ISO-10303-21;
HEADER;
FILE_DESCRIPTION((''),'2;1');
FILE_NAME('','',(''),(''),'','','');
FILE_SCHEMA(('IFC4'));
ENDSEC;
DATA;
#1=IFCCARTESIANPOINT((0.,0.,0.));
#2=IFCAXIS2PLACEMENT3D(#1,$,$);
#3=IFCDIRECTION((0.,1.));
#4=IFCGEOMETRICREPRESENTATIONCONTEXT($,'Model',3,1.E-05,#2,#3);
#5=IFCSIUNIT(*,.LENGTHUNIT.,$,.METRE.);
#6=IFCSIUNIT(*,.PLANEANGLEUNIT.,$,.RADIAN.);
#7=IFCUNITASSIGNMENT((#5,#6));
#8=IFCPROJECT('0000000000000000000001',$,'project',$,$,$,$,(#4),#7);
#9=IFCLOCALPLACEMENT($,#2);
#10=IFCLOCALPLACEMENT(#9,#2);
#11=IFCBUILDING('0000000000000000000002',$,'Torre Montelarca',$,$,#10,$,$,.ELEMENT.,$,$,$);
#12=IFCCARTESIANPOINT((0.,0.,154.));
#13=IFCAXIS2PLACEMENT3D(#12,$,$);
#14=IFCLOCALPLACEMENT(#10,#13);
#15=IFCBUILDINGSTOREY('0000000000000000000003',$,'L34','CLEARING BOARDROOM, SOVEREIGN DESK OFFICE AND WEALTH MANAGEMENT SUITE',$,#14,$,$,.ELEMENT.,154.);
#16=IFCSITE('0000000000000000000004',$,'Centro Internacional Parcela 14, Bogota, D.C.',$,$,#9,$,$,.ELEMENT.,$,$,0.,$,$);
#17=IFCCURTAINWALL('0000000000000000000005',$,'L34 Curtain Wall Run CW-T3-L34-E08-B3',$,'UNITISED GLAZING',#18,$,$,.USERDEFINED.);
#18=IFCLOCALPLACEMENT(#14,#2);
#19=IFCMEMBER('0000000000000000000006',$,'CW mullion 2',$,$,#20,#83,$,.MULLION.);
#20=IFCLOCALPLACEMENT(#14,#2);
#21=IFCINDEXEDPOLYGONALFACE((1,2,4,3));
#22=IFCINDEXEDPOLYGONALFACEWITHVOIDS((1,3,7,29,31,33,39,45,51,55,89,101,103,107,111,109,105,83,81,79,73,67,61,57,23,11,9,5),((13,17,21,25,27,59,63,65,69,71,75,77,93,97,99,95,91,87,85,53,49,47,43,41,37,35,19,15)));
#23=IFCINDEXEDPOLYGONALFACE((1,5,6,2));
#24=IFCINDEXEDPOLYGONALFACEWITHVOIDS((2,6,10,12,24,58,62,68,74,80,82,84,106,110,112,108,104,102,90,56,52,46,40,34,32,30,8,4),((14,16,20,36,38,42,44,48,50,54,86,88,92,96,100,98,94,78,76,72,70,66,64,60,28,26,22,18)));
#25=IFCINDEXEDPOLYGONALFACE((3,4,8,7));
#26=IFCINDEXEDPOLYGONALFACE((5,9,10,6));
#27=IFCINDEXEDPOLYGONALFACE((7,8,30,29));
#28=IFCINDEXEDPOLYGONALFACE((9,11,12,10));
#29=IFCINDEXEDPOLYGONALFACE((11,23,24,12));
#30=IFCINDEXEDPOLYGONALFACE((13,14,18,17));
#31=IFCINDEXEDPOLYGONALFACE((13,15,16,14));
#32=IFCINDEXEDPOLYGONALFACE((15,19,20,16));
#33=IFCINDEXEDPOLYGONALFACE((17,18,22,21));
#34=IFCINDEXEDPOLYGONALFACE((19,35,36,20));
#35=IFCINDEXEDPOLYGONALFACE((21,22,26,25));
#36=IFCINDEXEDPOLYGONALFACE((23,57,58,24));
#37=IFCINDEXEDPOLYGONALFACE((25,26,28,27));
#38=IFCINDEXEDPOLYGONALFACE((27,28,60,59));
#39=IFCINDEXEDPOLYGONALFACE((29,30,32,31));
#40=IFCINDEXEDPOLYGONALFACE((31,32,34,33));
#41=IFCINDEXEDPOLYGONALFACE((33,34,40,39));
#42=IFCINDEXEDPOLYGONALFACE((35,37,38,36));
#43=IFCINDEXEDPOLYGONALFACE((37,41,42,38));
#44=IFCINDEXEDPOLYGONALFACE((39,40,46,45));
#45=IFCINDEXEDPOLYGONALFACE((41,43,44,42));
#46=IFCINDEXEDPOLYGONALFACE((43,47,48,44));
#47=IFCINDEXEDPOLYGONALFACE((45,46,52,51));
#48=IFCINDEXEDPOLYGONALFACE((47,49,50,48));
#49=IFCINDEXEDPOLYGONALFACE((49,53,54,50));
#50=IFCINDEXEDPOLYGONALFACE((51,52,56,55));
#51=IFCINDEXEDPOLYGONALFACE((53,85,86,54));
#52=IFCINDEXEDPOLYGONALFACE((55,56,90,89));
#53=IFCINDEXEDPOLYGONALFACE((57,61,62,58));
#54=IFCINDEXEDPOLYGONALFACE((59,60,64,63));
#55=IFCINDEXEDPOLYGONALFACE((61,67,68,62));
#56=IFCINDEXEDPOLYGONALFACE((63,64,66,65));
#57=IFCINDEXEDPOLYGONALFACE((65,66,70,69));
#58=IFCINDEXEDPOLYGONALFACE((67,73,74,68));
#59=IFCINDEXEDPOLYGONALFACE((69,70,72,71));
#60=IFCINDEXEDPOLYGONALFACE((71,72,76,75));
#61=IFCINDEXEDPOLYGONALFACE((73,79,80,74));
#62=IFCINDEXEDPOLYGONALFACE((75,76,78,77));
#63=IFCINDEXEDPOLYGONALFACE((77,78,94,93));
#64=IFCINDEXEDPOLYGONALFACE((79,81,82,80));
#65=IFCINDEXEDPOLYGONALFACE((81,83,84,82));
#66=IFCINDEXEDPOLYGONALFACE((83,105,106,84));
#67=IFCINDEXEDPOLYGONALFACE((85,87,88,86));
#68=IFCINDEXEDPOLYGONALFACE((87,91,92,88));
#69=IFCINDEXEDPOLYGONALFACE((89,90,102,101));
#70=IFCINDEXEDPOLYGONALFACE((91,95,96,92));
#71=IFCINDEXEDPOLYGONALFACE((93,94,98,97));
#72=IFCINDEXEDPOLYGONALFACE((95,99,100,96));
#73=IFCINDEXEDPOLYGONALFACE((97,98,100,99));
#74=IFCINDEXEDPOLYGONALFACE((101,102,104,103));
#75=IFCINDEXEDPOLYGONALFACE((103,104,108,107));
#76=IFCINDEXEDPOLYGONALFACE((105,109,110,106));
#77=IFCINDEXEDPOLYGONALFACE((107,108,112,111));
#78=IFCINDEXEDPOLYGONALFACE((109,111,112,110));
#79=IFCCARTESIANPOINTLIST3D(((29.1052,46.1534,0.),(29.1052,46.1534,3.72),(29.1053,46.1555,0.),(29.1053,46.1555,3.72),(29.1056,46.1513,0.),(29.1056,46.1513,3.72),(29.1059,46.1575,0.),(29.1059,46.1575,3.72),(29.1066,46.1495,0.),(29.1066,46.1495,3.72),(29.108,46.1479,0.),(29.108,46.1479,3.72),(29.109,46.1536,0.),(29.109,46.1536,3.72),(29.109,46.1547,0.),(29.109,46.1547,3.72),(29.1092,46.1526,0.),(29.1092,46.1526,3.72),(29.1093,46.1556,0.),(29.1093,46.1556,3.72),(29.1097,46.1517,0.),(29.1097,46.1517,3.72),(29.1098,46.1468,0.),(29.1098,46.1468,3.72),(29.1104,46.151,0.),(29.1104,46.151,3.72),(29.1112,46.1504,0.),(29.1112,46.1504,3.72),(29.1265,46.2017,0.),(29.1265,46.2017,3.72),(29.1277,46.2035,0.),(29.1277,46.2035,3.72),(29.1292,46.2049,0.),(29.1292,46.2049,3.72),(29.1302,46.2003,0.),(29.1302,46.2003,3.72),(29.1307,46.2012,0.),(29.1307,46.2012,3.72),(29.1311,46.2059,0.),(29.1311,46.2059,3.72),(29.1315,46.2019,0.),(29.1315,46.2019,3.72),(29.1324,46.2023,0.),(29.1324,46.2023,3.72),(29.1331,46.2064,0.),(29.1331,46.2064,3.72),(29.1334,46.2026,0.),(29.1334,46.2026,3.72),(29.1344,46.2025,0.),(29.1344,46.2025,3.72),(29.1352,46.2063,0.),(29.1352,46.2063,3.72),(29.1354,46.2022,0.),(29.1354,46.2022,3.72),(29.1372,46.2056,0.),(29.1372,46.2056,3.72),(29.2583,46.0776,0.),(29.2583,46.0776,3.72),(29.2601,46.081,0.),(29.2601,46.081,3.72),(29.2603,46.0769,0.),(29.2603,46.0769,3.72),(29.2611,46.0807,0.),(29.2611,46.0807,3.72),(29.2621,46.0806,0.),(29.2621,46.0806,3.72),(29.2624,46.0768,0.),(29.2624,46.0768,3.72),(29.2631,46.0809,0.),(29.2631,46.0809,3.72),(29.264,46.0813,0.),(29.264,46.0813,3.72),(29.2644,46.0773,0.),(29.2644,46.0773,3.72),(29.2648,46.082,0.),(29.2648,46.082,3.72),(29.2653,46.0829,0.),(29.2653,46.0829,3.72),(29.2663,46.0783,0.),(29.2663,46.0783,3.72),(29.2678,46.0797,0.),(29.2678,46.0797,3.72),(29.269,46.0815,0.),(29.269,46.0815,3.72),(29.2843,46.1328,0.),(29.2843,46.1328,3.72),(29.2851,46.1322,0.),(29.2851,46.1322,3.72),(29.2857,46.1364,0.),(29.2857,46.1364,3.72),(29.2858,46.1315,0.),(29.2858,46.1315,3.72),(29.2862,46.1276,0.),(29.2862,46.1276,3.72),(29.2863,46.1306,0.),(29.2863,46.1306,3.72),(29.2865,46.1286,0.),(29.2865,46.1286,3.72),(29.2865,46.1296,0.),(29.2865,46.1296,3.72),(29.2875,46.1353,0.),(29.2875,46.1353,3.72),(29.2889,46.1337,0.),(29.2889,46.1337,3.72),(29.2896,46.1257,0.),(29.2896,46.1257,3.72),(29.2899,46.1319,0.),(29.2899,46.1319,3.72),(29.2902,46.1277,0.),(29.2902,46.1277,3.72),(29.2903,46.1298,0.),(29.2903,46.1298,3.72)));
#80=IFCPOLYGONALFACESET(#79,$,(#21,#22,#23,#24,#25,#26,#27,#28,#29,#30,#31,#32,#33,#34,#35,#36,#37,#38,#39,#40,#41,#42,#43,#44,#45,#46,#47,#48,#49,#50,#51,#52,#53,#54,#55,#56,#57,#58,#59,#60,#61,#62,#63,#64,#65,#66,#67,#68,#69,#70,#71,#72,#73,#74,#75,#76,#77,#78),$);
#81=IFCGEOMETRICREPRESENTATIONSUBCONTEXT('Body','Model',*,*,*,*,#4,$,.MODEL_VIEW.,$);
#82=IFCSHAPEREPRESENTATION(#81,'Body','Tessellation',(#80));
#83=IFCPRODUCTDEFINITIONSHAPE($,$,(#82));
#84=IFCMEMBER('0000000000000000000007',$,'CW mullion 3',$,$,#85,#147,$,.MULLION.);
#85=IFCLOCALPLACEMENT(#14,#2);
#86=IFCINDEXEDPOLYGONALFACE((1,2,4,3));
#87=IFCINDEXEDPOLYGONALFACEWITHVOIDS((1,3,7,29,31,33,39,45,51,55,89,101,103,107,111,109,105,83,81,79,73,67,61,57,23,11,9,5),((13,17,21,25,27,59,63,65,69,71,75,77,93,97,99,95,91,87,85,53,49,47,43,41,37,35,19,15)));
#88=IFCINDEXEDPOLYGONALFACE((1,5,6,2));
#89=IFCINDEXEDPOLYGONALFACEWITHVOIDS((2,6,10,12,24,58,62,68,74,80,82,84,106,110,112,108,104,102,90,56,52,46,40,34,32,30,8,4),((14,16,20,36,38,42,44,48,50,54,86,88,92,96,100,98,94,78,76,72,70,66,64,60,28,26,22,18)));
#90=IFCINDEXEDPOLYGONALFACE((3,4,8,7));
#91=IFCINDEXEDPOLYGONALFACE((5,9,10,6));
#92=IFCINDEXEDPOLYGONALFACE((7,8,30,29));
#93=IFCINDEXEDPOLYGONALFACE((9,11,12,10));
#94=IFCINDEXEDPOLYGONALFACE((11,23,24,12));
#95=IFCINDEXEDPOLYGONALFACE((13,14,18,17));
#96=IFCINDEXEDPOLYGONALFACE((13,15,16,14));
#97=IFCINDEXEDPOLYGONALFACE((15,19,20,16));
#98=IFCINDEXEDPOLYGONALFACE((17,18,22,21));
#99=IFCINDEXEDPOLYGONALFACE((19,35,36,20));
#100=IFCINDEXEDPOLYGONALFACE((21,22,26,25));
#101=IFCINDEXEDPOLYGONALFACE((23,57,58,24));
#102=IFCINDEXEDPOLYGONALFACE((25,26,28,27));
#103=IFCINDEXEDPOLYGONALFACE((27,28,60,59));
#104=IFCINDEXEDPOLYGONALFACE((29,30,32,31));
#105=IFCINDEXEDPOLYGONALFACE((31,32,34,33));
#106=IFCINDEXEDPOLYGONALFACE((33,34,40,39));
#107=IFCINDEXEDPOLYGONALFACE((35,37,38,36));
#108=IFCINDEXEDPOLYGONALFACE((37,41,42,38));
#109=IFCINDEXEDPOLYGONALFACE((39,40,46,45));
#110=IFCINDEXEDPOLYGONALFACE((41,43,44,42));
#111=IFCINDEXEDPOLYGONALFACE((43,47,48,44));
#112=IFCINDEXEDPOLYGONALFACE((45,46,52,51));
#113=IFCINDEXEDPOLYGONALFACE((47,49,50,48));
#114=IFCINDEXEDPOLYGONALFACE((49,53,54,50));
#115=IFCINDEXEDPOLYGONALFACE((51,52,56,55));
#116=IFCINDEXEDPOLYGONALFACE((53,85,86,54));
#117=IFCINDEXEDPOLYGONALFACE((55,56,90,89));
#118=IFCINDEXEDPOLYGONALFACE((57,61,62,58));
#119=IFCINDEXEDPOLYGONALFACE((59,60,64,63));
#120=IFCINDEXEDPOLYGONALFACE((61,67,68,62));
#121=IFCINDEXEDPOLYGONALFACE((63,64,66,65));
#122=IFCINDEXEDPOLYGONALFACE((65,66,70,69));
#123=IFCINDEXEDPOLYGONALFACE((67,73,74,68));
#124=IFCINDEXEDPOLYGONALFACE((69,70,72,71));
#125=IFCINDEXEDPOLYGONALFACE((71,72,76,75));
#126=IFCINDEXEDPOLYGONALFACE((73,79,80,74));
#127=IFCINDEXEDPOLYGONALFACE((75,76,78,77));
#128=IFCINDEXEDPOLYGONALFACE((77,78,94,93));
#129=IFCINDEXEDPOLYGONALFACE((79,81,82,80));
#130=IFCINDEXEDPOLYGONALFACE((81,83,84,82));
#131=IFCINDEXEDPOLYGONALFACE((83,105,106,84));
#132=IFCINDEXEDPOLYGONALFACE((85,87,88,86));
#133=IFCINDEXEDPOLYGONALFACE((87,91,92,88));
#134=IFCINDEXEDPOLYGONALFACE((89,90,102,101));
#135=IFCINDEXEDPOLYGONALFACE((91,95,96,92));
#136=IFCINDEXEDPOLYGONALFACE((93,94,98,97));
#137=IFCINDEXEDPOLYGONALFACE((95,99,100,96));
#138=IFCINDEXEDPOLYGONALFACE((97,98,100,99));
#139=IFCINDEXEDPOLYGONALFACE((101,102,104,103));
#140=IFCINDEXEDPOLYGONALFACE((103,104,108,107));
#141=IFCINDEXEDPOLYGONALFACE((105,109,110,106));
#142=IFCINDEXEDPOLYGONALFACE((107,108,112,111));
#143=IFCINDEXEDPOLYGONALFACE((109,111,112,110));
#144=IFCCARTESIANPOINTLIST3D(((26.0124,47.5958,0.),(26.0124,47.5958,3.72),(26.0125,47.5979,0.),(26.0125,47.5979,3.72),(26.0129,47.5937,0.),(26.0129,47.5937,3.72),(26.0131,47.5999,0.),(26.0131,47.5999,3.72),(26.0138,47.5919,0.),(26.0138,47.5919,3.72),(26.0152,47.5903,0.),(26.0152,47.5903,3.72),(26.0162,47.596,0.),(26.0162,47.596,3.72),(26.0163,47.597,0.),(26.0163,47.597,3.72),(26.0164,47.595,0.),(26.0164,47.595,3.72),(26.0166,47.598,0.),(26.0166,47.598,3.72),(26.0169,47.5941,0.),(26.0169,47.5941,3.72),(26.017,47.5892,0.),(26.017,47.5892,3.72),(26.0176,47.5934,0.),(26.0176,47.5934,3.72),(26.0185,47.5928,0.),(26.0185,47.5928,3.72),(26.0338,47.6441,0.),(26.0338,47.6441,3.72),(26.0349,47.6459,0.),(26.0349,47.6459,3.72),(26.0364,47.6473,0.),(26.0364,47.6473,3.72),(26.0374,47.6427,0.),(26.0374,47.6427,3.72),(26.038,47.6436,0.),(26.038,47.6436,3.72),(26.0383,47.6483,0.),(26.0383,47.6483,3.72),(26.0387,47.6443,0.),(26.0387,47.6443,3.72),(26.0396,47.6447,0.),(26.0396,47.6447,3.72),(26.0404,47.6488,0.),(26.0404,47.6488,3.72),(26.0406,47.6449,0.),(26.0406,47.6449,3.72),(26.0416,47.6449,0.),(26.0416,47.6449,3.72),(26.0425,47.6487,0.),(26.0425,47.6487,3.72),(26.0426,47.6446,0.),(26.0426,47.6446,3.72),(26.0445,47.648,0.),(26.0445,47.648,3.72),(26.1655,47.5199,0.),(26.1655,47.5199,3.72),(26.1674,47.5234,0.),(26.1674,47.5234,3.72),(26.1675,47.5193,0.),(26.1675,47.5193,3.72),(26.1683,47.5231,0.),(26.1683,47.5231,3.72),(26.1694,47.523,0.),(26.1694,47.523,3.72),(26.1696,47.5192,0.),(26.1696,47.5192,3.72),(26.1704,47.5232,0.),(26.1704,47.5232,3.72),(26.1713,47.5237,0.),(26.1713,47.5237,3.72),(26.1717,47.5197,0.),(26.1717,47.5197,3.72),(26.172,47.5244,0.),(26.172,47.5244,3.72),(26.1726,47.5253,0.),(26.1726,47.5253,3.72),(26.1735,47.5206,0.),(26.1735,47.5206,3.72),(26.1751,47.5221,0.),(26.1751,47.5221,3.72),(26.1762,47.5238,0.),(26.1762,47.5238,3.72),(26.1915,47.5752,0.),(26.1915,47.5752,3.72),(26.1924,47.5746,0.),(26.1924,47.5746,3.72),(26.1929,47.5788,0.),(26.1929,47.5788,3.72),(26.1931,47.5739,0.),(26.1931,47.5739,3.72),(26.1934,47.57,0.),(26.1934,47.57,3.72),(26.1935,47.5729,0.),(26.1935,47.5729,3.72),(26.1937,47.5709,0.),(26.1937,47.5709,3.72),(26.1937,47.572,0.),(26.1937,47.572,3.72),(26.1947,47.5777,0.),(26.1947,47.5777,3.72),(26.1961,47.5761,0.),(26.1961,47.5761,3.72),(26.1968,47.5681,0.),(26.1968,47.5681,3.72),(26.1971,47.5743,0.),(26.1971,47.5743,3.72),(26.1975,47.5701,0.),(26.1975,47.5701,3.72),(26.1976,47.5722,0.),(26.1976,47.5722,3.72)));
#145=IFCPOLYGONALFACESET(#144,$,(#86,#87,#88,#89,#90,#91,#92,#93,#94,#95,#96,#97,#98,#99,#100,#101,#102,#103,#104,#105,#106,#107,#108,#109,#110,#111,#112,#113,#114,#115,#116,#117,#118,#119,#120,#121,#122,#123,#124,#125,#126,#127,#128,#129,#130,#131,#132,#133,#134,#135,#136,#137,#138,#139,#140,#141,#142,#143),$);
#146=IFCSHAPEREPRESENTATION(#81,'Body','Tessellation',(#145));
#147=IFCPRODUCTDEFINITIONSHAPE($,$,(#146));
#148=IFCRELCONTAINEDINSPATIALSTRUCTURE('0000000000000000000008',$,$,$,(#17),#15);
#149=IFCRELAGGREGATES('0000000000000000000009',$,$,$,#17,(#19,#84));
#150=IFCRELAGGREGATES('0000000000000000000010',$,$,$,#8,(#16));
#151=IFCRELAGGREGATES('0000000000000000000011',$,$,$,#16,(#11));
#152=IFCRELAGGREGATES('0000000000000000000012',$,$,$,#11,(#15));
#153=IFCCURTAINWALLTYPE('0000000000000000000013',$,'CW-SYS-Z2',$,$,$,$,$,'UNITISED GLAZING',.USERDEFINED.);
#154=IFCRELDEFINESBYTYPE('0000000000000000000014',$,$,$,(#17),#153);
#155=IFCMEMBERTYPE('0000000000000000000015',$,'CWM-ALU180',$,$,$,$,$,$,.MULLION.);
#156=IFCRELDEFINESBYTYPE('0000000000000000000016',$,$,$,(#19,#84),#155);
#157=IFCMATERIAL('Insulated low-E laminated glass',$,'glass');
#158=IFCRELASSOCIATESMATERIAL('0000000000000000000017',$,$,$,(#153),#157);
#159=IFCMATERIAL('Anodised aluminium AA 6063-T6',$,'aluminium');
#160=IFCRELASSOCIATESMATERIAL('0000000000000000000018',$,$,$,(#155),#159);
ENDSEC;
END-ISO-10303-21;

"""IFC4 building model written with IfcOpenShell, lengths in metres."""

from ifc_helpers import new_model, si_unit, direction, frame, origin, origin_2d, place, context, subcontext, project, spatial, hollow_rectangle, extrude, source, transform, mapped, material, material_profile, profile_set, type_object, element, aggregate, save


model = new_model("IFC4")

# Units and contexts
model_context = context("Model", 3, precision=1e-05, world=origin(), true_north=direction((0.0, 1.0)))
body_context = subcontext(model_context, "Body", "Model", "MODEL_VIEW")
ifc_project = project(units=[si_unit("LENGTHUNIT", "METRE"), si_unit("PLANEANGLEUNIT", "RADIAN")], contexts=[model_context])

# Site, building, storey
site_placement = place(None, origin())
site = spatial("IfcSite", under=ifc_project, at=site_placement, Name="Centro Internacional Parcela 14, Bogota, D.C.", CompositionType="ELEMENT", RefElevation=0.0)
building_placement = place(site_placement, origin())
building = spatial("IfcBuilding", under=site, at=building_placement, Name="Torre Montelarca", CompositionType="ELEMENT")
storey_placement = place(building_placement, frame((0.0, 0.0, 154.0)))
storey = spatial("IfcBuildingStorey", under=building, at=storey_placement, Name="L34", Description="CLEARING BOARDROOM, SOVEREIGN DESK OFFICE AND WEALTH MANAGEMENT SUITE", CompositionType="ELEMENT", Elevation=154.0)

# Shared definitions
ifc_material_1 = material(Name="Insulated low-E laminated glass", Category="glass")
curtain_wall_type = type_object("IfcCurtainWallType", Name="CW-SYS-Z2", ElementType="UNITISED GLAZING", PredefinedType="USERDEFINED", material=ifc_material_1)
ifc_material_2 = material(Name="Anodised aluminium AA 6063-T6", Category="aluminium")
ifc_material_profile_1 = material_profile(ifc_material_2, hollow_rectangle(XDim=0.0649, YDim=0.1799, WallThickness=0.0039, InnerFilletRadius=0.0039, OuterFilletRadius=0.0081, at=origin_2d()), Name="ALU65X180X4", Category="aluminium")
ifc_profile_set_1 = profile_set([ifc_material_profile_1], Name="Anodised aluminium AA 6063-T6")
member_type_1 = type_object("IfcMemberType", Name="CWM-ALU180", PredefinedType="MULLION", material=ifc_profile_set_1)
shared_shape_1 = source(origin(), body_context, "Body", "SweptSolid", [
    extrude(hollow_rectangle(XDim=0.0649, YDim=0.1799, WallThickness=0.0039, InnerFilletRadius=0.0039, OuterFilletRadius=0.0081, at=origin_2d()), origin(), (0.0, 0.0, 1.0), 3.72),
])

# Curtain wall, members
curtain_wall_1_placement = place(storey_placement, origin())
curtain_wall_1 = element("IfcCurtainWall", 1, at=curtain_wall_1_placement, inside=storey, type_object=curtain_wall_type, Name="L34 Curtain Wall Run CW-T3-L34-E08-B3", ObjectType="UNITISED GLAZING", PredefinedType="USERDEFINED")
member_1_placement = place(storey_placement, frame((29.1978, 46.1416, 0.0), z_axis=(0.0, 0.0, 1.0), x_axis=(-0.422617, -0.906308, 0.0)))
member_1 = element("IfcMember", 2, at=member_1_placement, type_object=member_type_1, Name="CW mullion 2", PredefinedType="MULLION", context=body_context, shape_type="MappedRepresentation", body=[
    mapped(shared_shape_1, transform((0.0, 0.0, 0.0), scale=1.0)),
])
member_2_placement = place(storey_placement, frame((26.105, 47.584, 0.0), z_axis=(0.0, 0.0, 1.0), x_axis=(-0.422617, -0.906308, 0.0)))
member_2 = element("IfcMember", 3, at=member_2_placement, type_object=member_type_1, Name="CW mullion 3", PredefinedType="MULLION", context=body_context, shape_type="MappedRepresentation", body=[
    mapped(shared_shape_1, transform((0.0, 0.0, 0.0), scale=1.0)),
])

aggregate(curtain_wall_1, [member_1, member_2])

save(model, "model.ifc")
